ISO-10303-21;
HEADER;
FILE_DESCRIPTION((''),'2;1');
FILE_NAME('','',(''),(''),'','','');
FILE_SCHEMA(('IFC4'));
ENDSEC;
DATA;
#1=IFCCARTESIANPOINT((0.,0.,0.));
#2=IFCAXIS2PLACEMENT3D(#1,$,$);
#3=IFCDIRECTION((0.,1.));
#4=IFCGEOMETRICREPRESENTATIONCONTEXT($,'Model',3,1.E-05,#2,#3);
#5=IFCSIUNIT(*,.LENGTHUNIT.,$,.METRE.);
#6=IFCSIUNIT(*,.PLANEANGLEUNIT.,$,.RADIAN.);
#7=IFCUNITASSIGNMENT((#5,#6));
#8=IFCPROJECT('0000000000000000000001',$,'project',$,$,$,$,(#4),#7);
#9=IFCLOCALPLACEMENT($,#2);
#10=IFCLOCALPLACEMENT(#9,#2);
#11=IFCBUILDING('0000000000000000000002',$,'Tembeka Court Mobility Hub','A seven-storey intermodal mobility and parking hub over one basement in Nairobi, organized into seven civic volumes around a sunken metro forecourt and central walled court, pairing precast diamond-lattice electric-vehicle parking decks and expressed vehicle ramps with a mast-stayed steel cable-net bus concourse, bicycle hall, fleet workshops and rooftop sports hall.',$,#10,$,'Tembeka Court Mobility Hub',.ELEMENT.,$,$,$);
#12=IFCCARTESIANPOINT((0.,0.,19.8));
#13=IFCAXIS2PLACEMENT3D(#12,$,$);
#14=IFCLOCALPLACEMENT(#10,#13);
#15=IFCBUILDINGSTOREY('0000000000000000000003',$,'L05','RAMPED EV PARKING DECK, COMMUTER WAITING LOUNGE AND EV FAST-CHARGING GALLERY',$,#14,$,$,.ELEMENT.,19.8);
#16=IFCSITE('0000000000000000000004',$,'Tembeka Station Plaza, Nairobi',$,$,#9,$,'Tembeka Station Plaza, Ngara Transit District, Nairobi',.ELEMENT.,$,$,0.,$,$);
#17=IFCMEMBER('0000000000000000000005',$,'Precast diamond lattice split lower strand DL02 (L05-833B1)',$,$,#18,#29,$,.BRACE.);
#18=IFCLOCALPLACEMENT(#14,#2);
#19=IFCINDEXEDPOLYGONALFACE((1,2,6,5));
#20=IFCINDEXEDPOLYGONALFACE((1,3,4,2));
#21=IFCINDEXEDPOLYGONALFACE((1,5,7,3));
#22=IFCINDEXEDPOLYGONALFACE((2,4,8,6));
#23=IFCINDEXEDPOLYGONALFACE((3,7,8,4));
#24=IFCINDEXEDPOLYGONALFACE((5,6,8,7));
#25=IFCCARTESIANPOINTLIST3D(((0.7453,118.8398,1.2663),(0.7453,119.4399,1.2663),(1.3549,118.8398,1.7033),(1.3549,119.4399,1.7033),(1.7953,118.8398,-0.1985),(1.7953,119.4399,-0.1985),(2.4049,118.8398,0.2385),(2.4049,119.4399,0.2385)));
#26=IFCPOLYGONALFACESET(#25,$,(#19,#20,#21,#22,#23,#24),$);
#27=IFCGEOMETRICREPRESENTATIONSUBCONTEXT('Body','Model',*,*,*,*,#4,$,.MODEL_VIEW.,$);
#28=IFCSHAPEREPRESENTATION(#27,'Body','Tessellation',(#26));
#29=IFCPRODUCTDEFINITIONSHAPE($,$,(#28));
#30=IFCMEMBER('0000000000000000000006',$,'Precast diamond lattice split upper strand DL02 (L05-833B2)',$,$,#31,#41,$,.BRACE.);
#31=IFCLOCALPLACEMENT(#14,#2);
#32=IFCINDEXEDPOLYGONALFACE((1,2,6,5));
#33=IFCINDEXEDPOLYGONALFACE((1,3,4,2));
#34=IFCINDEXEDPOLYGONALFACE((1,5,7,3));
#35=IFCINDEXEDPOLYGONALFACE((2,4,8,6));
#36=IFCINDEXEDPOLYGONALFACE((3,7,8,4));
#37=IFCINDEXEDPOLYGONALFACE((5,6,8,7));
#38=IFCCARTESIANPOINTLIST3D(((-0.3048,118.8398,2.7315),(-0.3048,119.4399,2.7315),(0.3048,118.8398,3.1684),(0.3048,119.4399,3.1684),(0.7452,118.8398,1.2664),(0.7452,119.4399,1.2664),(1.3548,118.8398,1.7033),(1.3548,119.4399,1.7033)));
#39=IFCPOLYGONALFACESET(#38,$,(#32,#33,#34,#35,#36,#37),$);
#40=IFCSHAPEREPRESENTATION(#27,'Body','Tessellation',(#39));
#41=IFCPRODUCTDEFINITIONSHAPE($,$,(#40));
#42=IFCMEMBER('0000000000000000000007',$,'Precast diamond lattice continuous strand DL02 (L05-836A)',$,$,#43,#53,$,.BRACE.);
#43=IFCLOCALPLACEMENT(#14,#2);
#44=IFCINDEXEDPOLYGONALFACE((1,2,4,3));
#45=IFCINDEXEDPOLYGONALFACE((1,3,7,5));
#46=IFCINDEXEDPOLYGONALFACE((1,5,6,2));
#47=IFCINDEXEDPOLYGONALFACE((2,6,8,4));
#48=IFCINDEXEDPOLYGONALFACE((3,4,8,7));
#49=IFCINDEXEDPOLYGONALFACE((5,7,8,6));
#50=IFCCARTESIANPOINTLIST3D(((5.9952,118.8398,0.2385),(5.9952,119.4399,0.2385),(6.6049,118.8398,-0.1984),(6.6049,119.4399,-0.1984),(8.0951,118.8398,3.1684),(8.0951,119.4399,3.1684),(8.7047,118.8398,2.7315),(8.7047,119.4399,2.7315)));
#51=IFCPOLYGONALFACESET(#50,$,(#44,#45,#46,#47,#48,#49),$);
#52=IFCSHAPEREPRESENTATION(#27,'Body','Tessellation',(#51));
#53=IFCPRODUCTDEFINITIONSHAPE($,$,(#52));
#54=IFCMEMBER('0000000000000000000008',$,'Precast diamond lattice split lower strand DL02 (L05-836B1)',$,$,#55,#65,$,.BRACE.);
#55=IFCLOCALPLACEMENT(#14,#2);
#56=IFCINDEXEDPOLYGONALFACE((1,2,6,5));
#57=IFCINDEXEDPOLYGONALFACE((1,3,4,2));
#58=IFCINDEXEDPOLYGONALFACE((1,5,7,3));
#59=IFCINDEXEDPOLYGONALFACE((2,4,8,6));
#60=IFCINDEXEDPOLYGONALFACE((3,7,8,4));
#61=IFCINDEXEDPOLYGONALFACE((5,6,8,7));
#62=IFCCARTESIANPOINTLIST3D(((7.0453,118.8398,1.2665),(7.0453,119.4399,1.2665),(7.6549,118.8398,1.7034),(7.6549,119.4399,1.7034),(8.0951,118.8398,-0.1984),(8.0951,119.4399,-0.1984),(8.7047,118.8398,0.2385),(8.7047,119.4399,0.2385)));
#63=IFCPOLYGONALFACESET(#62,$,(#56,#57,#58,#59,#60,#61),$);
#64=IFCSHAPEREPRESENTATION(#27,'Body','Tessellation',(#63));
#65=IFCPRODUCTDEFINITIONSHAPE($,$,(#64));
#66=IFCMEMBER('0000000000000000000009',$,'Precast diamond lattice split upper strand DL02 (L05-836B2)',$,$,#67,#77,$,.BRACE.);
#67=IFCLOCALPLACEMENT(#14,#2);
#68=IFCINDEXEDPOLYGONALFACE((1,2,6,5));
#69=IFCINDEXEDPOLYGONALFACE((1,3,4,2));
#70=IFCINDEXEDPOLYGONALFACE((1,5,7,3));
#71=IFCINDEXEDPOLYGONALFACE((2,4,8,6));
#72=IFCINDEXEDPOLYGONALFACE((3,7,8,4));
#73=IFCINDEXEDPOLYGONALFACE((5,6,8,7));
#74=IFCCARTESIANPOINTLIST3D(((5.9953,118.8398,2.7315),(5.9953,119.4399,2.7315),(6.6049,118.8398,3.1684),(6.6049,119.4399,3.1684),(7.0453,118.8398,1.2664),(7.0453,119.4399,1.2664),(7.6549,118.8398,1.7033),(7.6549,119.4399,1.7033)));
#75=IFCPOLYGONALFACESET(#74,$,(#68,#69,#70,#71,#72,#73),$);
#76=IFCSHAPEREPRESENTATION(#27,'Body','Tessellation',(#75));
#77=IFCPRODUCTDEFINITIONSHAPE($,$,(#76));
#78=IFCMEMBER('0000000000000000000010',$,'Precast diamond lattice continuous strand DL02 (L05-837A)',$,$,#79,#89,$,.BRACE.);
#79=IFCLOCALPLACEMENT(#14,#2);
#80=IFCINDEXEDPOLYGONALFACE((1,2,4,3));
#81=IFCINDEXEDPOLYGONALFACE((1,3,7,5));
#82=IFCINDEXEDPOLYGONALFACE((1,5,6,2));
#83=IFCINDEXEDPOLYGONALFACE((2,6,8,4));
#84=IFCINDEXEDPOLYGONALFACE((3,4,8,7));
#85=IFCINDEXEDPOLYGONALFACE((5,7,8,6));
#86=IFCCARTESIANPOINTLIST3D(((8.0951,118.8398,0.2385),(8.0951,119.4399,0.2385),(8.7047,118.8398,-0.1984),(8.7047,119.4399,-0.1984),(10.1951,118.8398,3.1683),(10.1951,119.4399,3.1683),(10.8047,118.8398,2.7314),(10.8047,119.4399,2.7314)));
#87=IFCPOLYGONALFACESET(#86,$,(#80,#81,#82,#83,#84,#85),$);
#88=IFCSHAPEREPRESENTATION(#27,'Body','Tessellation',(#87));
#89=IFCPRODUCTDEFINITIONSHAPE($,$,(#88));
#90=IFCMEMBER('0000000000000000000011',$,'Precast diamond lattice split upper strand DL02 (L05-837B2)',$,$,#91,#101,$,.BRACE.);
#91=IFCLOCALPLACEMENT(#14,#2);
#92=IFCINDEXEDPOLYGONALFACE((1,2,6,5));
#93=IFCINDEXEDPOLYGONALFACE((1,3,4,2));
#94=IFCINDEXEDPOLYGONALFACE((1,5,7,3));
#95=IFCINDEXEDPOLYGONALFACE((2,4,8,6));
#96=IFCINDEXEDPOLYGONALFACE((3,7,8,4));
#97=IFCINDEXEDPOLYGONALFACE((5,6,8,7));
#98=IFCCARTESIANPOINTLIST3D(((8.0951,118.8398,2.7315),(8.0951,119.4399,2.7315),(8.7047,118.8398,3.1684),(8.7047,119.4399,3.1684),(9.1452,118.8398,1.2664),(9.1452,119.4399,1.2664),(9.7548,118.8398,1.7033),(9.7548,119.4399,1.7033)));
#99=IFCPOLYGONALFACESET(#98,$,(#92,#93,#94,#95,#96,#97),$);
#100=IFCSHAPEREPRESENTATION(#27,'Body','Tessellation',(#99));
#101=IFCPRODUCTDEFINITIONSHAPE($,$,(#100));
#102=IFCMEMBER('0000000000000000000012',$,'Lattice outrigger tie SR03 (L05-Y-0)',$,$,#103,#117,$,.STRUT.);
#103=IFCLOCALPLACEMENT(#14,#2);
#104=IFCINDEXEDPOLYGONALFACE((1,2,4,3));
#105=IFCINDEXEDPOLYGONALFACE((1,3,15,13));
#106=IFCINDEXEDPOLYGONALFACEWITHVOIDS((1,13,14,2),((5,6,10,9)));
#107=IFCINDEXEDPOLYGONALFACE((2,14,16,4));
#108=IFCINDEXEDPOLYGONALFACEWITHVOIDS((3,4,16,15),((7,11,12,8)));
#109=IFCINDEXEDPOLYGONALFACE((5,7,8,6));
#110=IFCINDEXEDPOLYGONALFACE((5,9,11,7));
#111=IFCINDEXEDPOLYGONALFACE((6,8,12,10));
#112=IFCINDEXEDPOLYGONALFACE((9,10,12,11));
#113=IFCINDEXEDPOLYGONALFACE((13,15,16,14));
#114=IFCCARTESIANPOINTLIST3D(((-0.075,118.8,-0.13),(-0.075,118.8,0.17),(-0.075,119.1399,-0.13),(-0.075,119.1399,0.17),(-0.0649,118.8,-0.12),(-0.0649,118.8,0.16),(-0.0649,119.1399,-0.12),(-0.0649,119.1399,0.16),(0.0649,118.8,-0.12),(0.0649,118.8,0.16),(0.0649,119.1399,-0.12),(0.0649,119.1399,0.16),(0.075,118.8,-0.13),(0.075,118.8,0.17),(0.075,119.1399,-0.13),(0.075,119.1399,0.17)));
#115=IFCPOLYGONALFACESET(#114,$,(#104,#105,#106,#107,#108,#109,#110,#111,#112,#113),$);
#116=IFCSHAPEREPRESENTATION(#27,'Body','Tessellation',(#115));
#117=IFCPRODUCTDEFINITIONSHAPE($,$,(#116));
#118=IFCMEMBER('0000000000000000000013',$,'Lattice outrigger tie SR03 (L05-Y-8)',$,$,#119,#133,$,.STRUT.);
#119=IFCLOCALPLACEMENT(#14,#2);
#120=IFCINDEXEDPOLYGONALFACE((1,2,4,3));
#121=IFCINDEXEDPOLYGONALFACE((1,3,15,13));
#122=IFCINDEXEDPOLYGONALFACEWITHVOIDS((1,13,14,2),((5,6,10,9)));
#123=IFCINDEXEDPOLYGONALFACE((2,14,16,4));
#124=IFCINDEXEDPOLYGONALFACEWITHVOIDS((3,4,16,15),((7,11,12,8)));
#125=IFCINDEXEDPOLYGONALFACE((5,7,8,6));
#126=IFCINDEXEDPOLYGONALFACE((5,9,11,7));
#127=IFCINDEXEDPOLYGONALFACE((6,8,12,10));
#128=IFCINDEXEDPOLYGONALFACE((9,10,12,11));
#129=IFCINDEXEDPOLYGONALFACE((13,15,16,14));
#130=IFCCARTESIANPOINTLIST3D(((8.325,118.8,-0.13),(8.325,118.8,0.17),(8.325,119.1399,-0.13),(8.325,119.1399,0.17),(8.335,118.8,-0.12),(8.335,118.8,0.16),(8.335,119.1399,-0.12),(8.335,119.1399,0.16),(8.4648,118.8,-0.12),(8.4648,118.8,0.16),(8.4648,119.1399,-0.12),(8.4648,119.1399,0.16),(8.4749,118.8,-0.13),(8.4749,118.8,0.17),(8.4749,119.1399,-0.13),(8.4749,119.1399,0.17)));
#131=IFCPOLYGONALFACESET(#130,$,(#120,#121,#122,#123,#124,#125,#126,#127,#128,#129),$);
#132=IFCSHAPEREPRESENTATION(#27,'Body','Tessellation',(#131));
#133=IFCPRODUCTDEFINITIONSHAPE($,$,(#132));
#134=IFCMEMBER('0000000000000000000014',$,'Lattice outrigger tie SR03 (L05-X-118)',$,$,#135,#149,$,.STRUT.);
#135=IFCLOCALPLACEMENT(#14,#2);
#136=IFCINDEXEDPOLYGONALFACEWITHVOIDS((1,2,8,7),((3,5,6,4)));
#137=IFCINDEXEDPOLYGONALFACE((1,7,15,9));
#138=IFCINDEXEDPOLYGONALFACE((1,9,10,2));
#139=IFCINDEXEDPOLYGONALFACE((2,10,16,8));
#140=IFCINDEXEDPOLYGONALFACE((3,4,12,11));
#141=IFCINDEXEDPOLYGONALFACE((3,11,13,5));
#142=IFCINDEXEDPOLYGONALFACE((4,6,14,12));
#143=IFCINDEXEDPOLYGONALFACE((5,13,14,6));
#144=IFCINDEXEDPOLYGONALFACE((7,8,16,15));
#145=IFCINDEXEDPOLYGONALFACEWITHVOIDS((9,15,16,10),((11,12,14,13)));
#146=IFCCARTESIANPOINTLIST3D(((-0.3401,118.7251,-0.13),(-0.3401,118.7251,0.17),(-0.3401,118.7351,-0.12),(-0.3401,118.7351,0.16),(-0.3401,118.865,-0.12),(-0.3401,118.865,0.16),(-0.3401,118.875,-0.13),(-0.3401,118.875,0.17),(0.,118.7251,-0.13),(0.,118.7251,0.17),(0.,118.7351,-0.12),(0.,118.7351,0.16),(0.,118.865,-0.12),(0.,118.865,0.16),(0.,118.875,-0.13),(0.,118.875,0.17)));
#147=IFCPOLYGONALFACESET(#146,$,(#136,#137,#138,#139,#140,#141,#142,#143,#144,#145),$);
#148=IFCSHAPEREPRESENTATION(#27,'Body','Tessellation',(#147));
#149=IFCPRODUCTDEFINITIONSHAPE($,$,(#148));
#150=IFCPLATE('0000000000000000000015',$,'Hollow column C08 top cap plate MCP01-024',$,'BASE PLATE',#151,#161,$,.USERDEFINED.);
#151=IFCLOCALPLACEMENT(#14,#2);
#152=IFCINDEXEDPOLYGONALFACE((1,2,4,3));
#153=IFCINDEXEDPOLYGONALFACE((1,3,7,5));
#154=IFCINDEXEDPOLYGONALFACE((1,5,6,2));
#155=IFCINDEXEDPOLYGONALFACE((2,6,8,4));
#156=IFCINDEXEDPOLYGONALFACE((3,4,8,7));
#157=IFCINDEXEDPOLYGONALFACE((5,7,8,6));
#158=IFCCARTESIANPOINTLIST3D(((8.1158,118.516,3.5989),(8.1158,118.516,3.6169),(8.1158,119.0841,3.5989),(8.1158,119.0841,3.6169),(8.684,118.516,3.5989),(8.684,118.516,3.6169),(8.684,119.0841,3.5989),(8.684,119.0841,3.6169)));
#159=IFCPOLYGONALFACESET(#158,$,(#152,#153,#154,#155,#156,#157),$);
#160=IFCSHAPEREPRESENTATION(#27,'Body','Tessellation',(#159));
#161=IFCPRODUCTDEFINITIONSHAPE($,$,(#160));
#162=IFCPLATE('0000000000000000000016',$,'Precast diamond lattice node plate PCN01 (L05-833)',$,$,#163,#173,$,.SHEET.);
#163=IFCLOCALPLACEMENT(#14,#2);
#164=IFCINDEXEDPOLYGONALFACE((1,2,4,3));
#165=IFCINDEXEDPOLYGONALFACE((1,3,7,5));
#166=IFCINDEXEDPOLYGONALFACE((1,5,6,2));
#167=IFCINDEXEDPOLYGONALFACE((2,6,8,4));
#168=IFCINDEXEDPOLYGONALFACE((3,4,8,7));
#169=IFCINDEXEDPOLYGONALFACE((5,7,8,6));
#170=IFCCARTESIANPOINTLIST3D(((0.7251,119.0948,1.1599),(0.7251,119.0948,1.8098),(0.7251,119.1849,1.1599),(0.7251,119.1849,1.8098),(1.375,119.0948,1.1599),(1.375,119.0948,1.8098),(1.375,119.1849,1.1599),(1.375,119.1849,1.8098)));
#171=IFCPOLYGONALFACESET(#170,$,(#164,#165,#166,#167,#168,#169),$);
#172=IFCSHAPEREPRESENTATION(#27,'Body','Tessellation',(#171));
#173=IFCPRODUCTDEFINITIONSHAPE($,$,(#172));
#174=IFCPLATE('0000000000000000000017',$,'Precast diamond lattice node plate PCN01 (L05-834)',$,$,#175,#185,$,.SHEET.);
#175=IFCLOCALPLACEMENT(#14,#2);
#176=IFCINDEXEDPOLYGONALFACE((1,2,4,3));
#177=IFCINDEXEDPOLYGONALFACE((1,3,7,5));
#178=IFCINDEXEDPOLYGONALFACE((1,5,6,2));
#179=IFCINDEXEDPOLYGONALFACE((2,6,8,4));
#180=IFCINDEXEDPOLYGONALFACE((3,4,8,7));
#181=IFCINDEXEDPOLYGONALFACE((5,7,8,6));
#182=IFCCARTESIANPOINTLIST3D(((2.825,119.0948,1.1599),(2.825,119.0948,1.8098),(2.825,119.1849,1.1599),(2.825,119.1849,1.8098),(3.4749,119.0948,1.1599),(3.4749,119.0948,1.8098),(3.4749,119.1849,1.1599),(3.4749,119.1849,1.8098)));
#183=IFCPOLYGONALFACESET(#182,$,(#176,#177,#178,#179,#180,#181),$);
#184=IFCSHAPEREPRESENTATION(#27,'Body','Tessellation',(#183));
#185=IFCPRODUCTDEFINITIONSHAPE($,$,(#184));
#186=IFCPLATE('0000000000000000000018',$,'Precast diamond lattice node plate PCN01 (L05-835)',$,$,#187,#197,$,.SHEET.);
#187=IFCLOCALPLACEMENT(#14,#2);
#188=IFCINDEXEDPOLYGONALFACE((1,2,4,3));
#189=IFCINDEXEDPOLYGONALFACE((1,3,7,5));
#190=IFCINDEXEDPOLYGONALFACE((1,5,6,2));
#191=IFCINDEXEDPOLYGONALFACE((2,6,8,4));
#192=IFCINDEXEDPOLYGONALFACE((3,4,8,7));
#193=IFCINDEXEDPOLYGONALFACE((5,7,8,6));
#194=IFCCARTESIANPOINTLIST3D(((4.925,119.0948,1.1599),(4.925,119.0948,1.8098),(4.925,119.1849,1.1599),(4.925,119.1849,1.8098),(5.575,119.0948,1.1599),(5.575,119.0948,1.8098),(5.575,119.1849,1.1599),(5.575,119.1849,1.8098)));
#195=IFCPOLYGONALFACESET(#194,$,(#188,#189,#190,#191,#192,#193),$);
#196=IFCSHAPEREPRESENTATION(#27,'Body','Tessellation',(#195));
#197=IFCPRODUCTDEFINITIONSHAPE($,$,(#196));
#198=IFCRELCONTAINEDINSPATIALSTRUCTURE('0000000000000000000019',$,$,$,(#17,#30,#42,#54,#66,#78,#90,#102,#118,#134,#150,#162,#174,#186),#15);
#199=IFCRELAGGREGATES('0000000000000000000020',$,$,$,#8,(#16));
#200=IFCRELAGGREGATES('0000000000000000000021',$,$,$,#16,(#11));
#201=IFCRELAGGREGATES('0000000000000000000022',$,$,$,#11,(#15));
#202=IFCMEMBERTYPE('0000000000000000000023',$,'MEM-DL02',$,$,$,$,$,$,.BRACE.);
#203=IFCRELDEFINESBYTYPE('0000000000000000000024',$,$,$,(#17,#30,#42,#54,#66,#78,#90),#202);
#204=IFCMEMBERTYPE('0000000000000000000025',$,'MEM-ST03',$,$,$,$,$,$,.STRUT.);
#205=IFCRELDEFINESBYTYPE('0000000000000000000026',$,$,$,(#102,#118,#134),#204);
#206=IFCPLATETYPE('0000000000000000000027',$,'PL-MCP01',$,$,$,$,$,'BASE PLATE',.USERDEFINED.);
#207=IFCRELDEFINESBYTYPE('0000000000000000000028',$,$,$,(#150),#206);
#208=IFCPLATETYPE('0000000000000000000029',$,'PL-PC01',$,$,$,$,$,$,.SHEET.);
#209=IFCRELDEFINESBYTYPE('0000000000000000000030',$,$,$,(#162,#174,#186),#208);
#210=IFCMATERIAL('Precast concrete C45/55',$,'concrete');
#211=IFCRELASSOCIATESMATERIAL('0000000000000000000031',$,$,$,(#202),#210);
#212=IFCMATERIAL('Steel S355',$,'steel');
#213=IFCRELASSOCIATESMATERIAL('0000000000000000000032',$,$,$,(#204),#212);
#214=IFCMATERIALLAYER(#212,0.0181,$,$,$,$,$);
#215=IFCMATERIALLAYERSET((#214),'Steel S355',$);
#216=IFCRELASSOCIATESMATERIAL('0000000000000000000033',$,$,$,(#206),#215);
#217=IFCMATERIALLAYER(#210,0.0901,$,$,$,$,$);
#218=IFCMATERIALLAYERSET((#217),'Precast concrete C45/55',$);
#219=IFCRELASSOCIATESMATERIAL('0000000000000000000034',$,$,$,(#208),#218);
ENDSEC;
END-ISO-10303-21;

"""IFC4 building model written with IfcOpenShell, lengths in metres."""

from ifc_helpers import new_model, si_unit, direction, frame, origin, origin_2d, place, context, subcontext, project, spatial, rectangle, hollow_rectangle, extrude, material, layer, layer_set, material_profile, profile_set, type_object, element, save


model = new_model("IFC4")

# Units and contexts
model_context = context("Model", 3, precision=1e-05, world=origin(), true_north=direction((0.0, 1.0)))
body_context = subcontext(model_context, "Body", "Model", "MODEL_VIEW")
ifc_project = project(units=[si_unit("LENGTHUNIT", "METRE"), si_unit("PLANEANGLEUNIT", "RADIAN")], contexts=[model_context])

# Site, building, storey
site_placement = place(None, origin())
site = spatial("IfcSite", under=ifc_project, at=site_placement, Name="Tembeka Station Plaza, Nairobi", LongName="Tembeka Station Plaza, Ngara Transit District, Nairobi", CompositionType="ELEMENT", RefElevation=0.0)
building_placement = place(site_placement, origin())
building = spatial("IfcBuilding", under=site, at=building_placement, Name="Tembeka Court Mobility Hub", Description="A seven-storey intermodal mobility and parking hub over one basement in Nairobi, organized into seven civic volumes around a sunken metro forecourt and central walled court, pairing precast diamond-lattice electric-vehicle parking decks and expressed vehicle ramps with a mast-stayed steel cable-net bus concourse, bicycle hall, fleet workshops and rooftop sports hall.", LongName="Tembeka Court Mobility Hub", CompositionType="ELEMENT")
storey_placement = place(building_placement, frame((0.0, 0.0, 19.8)))
storey = spatial("IfcBuildingStorey", under=building, at=storey_placement, Name="L05", Description="RAMPED EV PARKING DECK, COMMUTER WAITING LOUNGE AND EV FAST-CHARGING GALLERY", CompositionType="ELEMENT", Elevation=19.8)

# Shared definitions
ifc_material_1 = material(Name="Steel S355", Category="steel")

# Shared definitions
ifc_material_2 = material(Name="Precast concrete C45/55", Category="concrete")

# Members
ifc_material_profile_1 = material_profile(ifc_material_2, rectangle(XDim=0.6001, YDim=0.75, at=origin_2d()), Name="PC-DIAG 600x750")
ifc_profile_set_1 = profile_set([ifc_material_profile_1], Name="Precast concrete C45/55")
member_type_1 = type_object("IfcMemberType", Name="MEM-DL02", PredefinedType="BRACE", material=ifc_profile_set_1)
member_1_placement = place(storey_placement, frame((2.1001, 119.1399, 0.02), z_axis=(-0.582608, 0.0, 0.812753), x_axis=(0.0, -1.0, 0.0)))
element("IfcMember", 1, at=member_1_placement, inside=storey, type_object=member_type_1, Name="Precast diamond lattice split lower strand DL02 (L05-833B1)", PredefinedType="BRACE", context=body_context, shape_type="SweptSolid", body=[
    extrude(rectangle(XDim=0.6001, YDim=0.75, at=origin_2d()), origin(), (0.0, 0.0, 1.0), 1.8022),
])
member_2_placement = place(storey_placement, frame((1.05, 119.1399, 1.4849), z_axis=(-0.582544, 0.0, 0.812799), x_axis=(0.0, -1.0, 0.0)))
element("IfcMember", 2, at=member_2_placement, inside=storey, type_object=member_type_1, Name="Precast diamond lattice split upper strand DL02 (L05-833B2)", PredefinedType="BRACE", context=body_context, shape_type="SweptSolid", body=[
    extrude(rectangle(XDim=0.6001, YDim=0.75, at=origin_2d()), origin(), (0.0, 0.0, 1.0), 1.8025),
])
member_3_placement = place(storey_placement, frame((6.3, 119.1399, 0.02), z_axis=(0.582532, 0.0, 0.812808), x_axis=(0.0, 1.0, 0.0)))
element("IfcMember", 3, at=member_3_placement, inside=storey, type_object=member_type_1, Name="Precast diamond lattice continuous strand DL02 (L05-836A)", PredefinedType="BRACE", context=body_context, shape_type="SweptSolid", body=[
    extrude(rectangle(XDim=0.6001, YDim=0.75, at=origin_2d()), origin(), (0.0, 0.0, 1.0), 3.6047),
])
member_4_placement = place(storey_placement, frame((8.3999, 119.1399, 0.02), z_axis=(-0.582519, 0.0, 0.812817), x_axis=(0.0, -1.0, 0.0)))
element("IfcMember", 4, at=member_4_placement, inside=storey, type_object=member_type_1, Name="Precast diamond lattice split lower strand DL02 (L05-836B1)", PredefinedType="BRACE", context=body_context, shape_type="SweptSolid", body=[
    extrude(rectangle(XDim=0.6001, YDim=0.75, at=origin_2d()), origin(), (0.0, 0.0, 1.0), 1.8022),
])
member_5_placement = place(storey_placement, frame((7.3501, 119.1399, 1.4849), z_axis=(-0.582544, 0.0, 0.812799), x_axis=(0.0, -1.0, 0.0)))
element("IfcMember", 5, at=member_5_placement, inside=storey, type_object=member_type_1, Name="Precast diamond lattice split upper strand DL02 (L05-836B2)", PredefinedType="BRACE", context=body_context, shape_type="SweptSolid", body=[
    extrude(rectangle(XDim=0.6001, YDim=0.75, at=origin_2d()), origin(), (0.0, 0.0, 1.0), 1.8025),
])
member_6_placement = place(storey_placement, frame((8.3999, 119.1399, 0.02), z_axis=(0.582576, 0.0, 0.812776), x_axis=(0.0, 1.0, 0.0)))
element("IfcMember", 6, at=member_6_placement, inside=storey, type_object=member_type_1, Name="Precast diamond lattice continuous strand DL02 (L05-837A)", PredefinedType="BRACE", context=body_context, shape_type="SweptSolid", body=[
    extrude(rectangle(XDim=0.6001, YDim=0.75, at=origin_2d()), origin(), (0.0, 0.0, 1.0), 3.6047),
])
member_7_placement = place(storey_placement, frame((9.45, 119.1399, 1.4849), z_axis=(-0.582544, 0.0, 0.812799), x_axis=(0.0, -1.0, 0.0)))
element("IfcMember", 7, at=member_7_placement, inside=storey, type_object=member_type_1, Name="Precast diamond lattice split upper strand DL02 (L05-837B2)", PredefinedType="BRACE", context=body_context, shape_type="SweptSolid", body=[
    extrude(rectangle(XDim=0.6001, YDim=0.75, at=origin_2d()), origin(), (0.0, 0.0, 1.0), 1.8025),
])
ifc_material_profile_2 = material_profile(ifc_material_1, hollow_rectangle(XDim=0.1499, YDim=0.3, WallThickness=0.01, at=origin_2d()), Name="RHS 300x150x10")
ifc_profile_set_2 = profile_set([ifc_material_profile_2], Name="Steel S355")
member_type_2 = type_object("IfcMemberType", Name="MEM-ST03", PredefinedType="STRUT", material=ifc_profile_set_2)
for number, where, z_axis, x_axis, name in (
    (8, (0.0, 118.8, 0.02), (0.0, 1.0, 0.0), (-1.0, 0.0, 0.0), "Lattice outrigger tie SR03 (L05-Y-0)"),
    (9, (8.3999, 118.8, 0.02), (0.0, 1.0, 0.0), (-1.0, 0.0, 0.0), "Lattice outrigger tie SR03 (L05-Y-8)"),
):
    element("IfcMember", number, at=place(storey_placement, frame(where, z_axis=z_axis, x_axis=x_axis)), inside=storey, type_object=member_type_2, Name=name, PredefinedType="STRUT", context=body_context, shape_type="SweptSolid", body=[
        extrude(hollow_rectangle(XDim=0.1499, YDim=0.3, WallThickness=0.01, at=origin_2d()), origin(), (0.0, 0.0, 1.0), 0.3398),
    ])
member_8_placement = place(storey_placement, frame((0.0, 118.8, 0.02), z_axis=(-1.0, 0.0, 0.0), x_axis=(0.0, -1.0, 0.0)))
element("IfcMember", 10, at=member_8_placement, inside=storey, type_object=member_type_2, Name="Lattice outrigger tie SR03 (L05-X-118)", PredefinedType="STRUT", context=body_context, shape_type="SweptSolid", body=[
    extrude(hollow_rectangle(XDim=0.1499, YDim=0.3, WallThickness=0.01, at=origin_2d()), origin(), (0.0, 0.0, 1.0), 0.3401),
])

# Plates
ifc_layer_1 = layer(ifc_material_1, 0.0181)
ifc_layer_set_1 = layer_set([ifc_layer_1], Name="Steel S355")
plate_type_1 = type_object("IfcPlateType", Name="PL-MCP01", ElementType="BASE PLATE", PredefinedType="USERDEFINED", material=ifc_layer_set_1)
plate_placement = place(storey_placement, frame((8.3999, 118.8, 3.5989), z_axis=(0.0, 0.0, 1.0), x_axis=(1.0, 0.0, 0.0)))
element("IfcPlate", 11, at=plate_placement, inside=storey, type_object=plate_type_1, Name="Hollow column C08 top cap plate MCP01-024", ObjectType="BASE PLATE", PredefinedType="USERDEFINED", context=body_context, shape_type="SweptSolid", body=[
    extrude(rectangle(XDim=0.5681, YDim=0.5681, at=origin_2d()), origin(), (0.0, 0.0, 1.0), 0.0181),
])
ifc_layer_2 = layer(ifc_material_2, 0.0901)
ifc_layer_set_2 = layer_set([ifc_layer_2], Name="Precast concrete C45/55")
plate_type_2 = type_object("IfcPlateType", Name="PL-PC01", PredefinedType="SHEET", material=ifc_layer_set_2)
for number, where, z_axis, x_axis, name in (
    (12, (1.05, 119.1399, 1.1599), (0.0, 0.0, 1.0), (1.0, 0.0, 0.0), "Precast diamond lattice node plate PCN01 (L05-833)"),
    (13, (3.1499, 119.1399, 1.1599), (0.0, 0.0, 1.0), (1.0, 0.0, 0.0), "Precast diamond lattice node plate PCN01 (L05-834)"),
    (14, (5.25, 119.1399, 1.1599), (0.0, 0.0, 1.0), (1.0, 0.0, 0.0), "Precast diamond lattice node plate PCN01 (L05-835)"),
):
    element("IfcPlate", number, at=place(storey_placement, frame(where, z_axis=z_axis, x_axis=x_axis)), inside=storey, type_object=plate_type_2, Name=name, PredefinedType="SHEET", context=body_context, shape_type="SweptSolid", body=[
        extrude(rectangle(XDim=0.6499, YDim=0.0901, at=origin_2d()), origin(), (0.0, 0.0, 1.0), 0.6499),
    ])

save(model, "model.ifc")
